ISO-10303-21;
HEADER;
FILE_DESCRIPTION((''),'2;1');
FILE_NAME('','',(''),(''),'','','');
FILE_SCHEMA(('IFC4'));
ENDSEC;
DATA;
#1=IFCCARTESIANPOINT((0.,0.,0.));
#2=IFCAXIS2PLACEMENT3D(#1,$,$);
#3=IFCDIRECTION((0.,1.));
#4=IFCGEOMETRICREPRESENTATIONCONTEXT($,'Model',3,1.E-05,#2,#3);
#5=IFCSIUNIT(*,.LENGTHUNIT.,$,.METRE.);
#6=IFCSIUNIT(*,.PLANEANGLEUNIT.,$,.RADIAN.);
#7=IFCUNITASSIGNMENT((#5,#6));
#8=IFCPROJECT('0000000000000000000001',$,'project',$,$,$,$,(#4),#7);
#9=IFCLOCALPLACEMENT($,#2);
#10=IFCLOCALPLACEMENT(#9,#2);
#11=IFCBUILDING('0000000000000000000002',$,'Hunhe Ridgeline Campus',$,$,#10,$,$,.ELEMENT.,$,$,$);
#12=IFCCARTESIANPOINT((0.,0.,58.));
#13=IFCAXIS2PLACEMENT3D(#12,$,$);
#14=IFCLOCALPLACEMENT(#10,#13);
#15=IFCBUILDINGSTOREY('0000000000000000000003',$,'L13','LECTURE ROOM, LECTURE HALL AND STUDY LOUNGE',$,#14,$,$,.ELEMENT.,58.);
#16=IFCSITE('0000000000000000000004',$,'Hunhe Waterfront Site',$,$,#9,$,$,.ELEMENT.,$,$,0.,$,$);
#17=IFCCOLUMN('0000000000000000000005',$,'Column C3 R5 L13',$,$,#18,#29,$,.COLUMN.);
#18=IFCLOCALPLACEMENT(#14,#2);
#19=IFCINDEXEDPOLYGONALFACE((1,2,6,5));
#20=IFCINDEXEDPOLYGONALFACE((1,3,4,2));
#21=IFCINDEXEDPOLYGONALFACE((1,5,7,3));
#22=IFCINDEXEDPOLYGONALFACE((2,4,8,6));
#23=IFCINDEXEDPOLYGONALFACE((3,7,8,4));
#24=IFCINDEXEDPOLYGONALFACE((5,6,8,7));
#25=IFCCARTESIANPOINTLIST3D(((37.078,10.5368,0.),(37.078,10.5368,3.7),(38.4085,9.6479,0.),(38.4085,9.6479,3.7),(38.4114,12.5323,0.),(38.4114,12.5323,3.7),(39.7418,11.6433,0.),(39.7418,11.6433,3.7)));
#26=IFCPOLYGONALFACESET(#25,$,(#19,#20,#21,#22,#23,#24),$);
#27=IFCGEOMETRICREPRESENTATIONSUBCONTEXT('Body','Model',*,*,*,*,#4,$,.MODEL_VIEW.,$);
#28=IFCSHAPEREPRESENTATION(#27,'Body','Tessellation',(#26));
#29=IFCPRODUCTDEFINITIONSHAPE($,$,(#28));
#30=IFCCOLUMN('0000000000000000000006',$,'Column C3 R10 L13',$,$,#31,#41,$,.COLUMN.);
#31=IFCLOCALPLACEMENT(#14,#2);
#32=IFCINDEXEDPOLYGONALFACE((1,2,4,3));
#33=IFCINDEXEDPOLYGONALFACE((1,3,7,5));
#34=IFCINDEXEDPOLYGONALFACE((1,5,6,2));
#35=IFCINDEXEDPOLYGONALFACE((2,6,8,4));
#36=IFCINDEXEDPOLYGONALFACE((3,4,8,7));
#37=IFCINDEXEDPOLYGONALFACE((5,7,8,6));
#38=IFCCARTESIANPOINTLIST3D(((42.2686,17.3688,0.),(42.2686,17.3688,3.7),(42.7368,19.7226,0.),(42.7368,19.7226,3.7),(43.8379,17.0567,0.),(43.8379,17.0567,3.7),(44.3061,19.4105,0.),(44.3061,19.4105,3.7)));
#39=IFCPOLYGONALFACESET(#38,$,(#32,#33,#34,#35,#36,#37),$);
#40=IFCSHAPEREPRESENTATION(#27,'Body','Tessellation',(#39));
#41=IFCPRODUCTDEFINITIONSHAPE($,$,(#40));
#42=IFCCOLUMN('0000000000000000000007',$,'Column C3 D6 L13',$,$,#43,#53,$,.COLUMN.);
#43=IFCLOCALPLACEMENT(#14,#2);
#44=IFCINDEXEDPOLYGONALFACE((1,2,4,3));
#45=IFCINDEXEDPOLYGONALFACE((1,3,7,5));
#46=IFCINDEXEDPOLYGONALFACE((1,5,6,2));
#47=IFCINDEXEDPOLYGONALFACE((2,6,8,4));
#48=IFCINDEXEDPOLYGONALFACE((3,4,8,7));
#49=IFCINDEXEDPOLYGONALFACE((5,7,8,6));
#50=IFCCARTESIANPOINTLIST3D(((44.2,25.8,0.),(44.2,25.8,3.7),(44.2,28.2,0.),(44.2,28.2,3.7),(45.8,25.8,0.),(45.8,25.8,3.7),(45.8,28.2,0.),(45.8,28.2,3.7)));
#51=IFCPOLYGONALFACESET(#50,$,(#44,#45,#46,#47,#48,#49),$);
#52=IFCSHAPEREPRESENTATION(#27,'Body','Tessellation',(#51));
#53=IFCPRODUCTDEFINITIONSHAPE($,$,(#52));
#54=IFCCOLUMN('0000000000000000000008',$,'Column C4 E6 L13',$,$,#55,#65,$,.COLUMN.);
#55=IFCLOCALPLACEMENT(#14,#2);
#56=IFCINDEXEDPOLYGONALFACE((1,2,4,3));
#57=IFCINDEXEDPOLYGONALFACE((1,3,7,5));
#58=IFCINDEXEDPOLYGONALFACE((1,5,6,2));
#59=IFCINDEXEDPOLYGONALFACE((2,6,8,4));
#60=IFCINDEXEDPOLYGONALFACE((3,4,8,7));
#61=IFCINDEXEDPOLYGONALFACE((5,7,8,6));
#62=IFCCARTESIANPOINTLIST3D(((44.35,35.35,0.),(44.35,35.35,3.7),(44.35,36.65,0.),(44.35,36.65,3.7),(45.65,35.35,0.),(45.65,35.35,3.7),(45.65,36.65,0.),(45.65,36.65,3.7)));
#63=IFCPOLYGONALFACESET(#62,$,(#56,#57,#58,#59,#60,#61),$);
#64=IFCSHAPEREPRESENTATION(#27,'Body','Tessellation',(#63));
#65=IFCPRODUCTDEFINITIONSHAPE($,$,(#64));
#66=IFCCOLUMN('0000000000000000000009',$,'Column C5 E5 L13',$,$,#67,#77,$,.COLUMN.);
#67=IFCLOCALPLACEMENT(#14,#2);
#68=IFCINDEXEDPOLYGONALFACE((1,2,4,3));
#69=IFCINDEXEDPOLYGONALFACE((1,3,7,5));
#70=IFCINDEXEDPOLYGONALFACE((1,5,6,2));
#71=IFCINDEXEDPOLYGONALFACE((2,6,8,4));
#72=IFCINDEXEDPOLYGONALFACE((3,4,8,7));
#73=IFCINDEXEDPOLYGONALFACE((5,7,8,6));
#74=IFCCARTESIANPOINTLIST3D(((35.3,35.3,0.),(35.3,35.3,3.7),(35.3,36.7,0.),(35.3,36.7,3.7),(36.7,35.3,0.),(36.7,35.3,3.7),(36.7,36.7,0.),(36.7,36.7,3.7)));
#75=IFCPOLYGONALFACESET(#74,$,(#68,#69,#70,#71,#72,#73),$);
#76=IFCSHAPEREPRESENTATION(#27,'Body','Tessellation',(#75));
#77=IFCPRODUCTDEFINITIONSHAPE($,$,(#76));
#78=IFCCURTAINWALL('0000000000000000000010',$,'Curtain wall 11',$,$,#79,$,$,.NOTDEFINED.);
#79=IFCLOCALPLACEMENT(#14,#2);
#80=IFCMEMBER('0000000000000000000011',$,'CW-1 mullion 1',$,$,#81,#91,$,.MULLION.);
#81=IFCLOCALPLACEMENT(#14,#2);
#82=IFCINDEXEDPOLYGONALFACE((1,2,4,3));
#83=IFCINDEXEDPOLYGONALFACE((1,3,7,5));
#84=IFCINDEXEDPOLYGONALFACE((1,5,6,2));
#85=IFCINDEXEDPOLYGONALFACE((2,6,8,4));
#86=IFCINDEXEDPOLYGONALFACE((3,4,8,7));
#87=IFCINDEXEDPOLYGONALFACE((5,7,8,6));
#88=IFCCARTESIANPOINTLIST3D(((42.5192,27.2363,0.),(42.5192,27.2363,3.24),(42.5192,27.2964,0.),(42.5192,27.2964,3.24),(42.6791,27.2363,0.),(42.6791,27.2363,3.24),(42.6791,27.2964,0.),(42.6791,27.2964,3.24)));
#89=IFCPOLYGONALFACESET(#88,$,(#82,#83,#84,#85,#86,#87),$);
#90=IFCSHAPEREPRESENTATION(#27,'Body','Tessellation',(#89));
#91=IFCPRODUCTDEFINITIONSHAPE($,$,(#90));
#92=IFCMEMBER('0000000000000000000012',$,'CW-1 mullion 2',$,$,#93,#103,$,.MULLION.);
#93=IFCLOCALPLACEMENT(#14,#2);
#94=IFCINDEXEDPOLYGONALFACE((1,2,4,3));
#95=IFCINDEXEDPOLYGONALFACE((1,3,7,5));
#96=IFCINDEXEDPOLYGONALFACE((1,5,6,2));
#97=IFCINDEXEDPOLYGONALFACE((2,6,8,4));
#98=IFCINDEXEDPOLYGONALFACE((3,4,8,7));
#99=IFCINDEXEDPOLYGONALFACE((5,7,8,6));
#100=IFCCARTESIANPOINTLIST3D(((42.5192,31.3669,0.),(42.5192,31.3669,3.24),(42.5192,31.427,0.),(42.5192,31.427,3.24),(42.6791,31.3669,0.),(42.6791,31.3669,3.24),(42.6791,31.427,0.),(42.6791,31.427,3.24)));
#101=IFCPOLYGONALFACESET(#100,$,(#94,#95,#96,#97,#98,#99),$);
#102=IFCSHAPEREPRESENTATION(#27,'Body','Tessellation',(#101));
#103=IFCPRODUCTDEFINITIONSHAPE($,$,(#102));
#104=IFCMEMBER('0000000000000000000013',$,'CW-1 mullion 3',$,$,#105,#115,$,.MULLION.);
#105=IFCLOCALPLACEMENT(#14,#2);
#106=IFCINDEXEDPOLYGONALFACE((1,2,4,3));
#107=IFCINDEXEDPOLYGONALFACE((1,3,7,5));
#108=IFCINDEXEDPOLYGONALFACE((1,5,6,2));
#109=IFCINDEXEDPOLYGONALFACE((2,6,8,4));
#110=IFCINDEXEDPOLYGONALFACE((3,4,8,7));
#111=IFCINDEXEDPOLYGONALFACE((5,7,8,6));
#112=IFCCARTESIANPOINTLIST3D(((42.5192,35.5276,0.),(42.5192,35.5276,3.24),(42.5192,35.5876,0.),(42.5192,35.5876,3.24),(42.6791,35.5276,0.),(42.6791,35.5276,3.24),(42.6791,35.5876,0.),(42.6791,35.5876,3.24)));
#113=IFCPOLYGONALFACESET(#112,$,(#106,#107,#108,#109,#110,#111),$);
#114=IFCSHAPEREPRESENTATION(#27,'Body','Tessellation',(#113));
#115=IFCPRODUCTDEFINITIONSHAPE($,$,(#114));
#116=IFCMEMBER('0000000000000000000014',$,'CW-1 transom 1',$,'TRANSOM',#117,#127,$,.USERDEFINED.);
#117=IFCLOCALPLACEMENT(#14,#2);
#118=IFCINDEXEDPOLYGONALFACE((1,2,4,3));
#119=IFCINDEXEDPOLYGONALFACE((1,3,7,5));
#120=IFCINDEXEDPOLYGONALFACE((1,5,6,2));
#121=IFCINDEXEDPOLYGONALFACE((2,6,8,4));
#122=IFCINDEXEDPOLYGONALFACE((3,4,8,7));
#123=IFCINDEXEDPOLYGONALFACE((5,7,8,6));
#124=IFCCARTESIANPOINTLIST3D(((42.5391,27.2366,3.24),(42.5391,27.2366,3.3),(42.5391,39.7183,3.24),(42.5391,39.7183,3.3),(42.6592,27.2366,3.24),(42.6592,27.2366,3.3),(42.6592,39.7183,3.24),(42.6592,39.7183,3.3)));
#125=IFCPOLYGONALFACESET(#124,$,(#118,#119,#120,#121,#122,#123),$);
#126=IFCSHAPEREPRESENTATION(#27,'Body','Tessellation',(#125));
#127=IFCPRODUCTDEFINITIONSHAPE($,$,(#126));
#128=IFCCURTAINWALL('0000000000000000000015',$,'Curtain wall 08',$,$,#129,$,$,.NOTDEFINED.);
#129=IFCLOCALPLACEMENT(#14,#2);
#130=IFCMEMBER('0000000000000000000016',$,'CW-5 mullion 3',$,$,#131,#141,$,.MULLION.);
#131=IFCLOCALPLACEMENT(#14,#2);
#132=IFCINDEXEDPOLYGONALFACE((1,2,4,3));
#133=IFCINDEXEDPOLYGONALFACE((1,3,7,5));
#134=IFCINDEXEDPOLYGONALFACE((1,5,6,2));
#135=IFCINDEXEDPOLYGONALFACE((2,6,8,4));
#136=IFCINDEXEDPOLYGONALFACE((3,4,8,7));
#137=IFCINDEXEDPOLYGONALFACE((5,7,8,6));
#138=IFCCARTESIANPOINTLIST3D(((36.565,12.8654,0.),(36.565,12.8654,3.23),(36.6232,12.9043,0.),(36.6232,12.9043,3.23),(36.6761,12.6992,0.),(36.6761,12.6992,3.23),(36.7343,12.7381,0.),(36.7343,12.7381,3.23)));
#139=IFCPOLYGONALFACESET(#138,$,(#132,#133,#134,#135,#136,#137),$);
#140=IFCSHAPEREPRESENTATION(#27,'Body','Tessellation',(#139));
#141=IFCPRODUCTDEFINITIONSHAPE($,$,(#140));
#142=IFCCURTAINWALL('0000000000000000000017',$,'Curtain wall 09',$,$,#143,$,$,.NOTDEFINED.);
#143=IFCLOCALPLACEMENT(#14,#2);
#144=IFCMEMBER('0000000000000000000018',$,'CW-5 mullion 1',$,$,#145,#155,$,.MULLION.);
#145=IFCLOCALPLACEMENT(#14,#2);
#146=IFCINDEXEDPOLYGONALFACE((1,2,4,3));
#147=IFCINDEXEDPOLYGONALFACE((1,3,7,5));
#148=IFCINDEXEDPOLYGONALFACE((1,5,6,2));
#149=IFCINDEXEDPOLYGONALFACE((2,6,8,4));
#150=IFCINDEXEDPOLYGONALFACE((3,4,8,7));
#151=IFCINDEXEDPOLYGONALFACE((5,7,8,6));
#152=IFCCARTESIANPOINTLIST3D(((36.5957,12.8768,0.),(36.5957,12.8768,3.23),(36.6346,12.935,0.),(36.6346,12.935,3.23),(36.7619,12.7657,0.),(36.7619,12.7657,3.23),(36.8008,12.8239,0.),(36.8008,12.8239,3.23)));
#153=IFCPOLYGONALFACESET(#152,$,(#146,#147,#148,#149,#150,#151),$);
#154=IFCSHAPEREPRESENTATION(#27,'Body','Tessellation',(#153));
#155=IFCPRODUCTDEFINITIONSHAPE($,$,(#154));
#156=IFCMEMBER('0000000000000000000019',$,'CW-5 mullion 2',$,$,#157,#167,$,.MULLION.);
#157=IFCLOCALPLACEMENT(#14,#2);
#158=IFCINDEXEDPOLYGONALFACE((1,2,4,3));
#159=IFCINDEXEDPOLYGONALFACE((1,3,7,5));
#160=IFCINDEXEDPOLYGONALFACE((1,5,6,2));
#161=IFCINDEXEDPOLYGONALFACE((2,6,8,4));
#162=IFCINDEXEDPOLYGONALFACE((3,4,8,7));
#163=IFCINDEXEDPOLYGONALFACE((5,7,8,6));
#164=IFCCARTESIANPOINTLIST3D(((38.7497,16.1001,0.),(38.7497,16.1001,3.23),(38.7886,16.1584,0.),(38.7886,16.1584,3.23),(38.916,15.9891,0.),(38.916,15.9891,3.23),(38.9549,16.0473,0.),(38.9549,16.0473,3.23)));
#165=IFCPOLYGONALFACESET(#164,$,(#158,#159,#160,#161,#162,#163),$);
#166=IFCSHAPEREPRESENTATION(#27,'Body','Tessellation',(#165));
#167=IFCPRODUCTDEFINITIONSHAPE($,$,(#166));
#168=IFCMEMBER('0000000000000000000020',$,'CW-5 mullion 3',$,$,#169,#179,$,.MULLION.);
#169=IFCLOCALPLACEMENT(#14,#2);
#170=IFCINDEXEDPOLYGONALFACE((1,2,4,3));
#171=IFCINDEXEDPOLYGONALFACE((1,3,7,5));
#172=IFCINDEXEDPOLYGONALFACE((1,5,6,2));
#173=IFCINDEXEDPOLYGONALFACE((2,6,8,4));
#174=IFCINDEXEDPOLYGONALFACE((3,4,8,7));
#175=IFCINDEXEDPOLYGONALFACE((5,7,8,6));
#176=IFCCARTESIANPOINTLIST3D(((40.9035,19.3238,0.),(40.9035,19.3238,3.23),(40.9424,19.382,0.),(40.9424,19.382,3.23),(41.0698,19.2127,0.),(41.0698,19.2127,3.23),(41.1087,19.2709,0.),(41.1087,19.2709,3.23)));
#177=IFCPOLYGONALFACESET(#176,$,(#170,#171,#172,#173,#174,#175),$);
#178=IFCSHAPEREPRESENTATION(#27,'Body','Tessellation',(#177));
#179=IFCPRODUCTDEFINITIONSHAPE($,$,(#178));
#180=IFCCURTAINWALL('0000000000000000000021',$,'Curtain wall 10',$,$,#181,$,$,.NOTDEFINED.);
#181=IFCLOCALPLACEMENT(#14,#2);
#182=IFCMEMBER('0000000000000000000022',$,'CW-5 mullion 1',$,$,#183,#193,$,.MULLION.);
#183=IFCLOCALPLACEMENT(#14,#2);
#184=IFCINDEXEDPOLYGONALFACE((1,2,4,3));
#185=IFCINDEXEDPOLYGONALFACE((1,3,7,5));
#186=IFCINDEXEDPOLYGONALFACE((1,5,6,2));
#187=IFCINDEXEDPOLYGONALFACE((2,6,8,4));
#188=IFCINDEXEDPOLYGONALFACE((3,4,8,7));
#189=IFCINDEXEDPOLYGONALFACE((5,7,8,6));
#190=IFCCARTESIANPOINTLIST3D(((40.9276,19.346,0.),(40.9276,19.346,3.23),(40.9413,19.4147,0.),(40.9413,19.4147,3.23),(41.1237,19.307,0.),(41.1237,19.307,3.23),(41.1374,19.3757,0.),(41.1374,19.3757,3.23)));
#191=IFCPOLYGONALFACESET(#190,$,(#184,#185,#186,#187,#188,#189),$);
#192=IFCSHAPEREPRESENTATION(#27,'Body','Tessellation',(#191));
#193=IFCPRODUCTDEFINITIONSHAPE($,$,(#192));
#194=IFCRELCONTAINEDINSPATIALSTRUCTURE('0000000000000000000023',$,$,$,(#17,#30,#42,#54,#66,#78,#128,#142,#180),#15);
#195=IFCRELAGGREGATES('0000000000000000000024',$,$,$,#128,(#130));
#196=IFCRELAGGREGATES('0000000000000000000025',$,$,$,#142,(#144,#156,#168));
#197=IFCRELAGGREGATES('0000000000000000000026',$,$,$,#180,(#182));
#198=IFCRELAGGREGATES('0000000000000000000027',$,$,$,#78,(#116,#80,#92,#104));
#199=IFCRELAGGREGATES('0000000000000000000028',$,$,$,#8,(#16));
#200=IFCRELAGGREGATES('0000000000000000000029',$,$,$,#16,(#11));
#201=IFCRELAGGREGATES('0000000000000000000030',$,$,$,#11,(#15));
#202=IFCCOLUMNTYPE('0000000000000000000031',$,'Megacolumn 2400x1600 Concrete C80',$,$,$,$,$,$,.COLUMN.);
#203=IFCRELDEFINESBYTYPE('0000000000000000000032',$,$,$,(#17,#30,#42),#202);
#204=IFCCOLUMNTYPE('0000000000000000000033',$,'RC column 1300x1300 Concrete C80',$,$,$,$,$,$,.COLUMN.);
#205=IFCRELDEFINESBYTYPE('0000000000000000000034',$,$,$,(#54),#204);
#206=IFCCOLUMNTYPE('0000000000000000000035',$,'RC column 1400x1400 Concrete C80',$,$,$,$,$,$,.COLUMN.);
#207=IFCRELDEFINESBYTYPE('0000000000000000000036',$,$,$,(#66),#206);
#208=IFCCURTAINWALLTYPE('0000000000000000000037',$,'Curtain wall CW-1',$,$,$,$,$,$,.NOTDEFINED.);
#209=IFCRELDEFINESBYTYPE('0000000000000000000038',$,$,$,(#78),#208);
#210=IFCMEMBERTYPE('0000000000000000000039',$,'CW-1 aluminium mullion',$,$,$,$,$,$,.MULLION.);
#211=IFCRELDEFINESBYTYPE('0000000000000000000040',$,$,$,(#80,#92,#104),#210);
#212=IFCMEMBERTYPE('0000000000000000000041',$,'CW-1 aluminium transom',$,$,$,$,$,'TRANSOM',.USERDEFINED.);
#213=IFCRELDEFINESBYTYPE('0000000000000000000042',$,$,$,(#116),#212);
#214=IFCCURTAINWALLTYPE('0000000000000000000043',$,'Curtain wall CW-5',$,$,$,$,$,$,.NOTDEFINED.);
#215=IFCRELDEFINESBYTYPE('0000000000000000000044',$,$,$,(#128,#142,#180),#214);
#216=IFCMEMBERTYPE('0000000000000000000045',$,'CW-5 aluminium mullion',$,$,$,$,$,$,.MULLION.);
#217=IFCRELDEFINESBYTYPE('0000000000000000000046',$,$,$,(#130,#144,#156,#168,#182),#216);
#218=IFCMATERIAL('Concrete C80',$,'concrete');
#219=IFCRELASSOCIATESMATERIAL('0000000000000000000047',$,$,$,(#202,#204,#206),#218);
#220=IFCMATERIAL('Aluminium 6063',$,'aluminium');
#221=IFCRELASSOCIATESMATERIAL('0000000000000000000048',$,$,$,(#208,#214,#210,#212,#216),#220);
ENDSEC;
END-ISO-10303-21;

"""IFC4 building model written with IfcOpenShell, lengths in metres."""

from ifc_helpers import new_model, si_unit, direction, frame, origin, origin_2d, place, context, subcontext, project, spatial, rectangle, extrude, material, material_profile, profile_set, type_object, element, aggregate, save


model = new_model("IFC4")

# Units and contexts
model_context = context("Model", 3, precision=1e-05, world=origin(), true_north=direction((0.0, 1.0)))
body_context = subcontext(model_context, "Body", "Model", "MODEL_VIEW")
ifc_project = project(units=[si_unit("LENGTHUNIT", "METRE"), si_unit("PLANEANGLEUNIT", "RADIAN")], contexts=[model_context])

# Site, building, storey
site_placement = place(None, origin())
site = spatial("IfcSite", under=ifc_project, at=site_placement, Name="Hunhe Waterfront Site", CompositionType="ELEMENT", RefElevation=0.0)
building_placement = place(site_placement, origin())
building = spatial("IfcBuilding", under=site, at=building_placement, Name="Hunhe Ridgeline Campus", CompositionType="ELEMENT")
storey_placement = place(building_placement, frame((0.0, 0.0, 58.0)))
storey = spatial("IfcBuildingStorey", under=building, at=storey_placement, Name="L13", Description="LECTURE ROOM, LECTURE HALL AND STUDY LOUNGE", CompositionType="ELEMENT", Elevation=58.0)

# Columns
ifc_material_1 = material(Name="Concrete C80", Category="concrete")
ifc_material_profile_1 = material_profile(ifc_material_1, rectangle(XDim=2.3999, YDim=1.6001, at=origin_2d()))
ifc_profile_set_1 = profile_set([ifc_material_profile_1], Name="Concrete C80")
column_type_1 = type_object("IfcColumnType", Name="Megacolumn 2400x1600 Concrete C80", PredefinedType="COLUMN", material=ifc_profile_set_1)
for number, where, z_axis, x_axis, name in (
    (1, (38.4099, 11.0901, 0.0), (0.0, 0.0, 1.0), (0.55557, 0.83147, 0.0), "Column C3 R5 L13"),
    (2, (43.2874, 18.3896, 0.0), (0.0, 0.0, 1.0), (0.19509, 0.980785, 0.0), "Column C3 R10 L13"),
    (3, (45.0, 27.0, 0.0), (0.0, 0.0, 1.0), (0.0, 1.0, 0.0), "Column C3 D6 L13"),
):
    element("IfcColumn", number, at=place(storey_placement, frame(where, z_axis=z_axis, x_axis=x_axis)), inside=storey, type_object=column_type_1, Name=name, PredefinedType="COLUMN", context=body_context, shape_type="SweptSolid", body=[
        extrude(rectangle(XDim=2.3999, YDim=1.6001, at=origin_2d()), origin(), (0.0, 0.0, 1.0), 3.7),
    ])
ifc_material_profile_2 = material_profile(ifc_material_1, rectangle(XDim=1.3, YDim=1.3, at=origin_2d()))
ifc_profile_set_2 = profile_set([ifc_material_profile_2], Name="Concrete C80")
column_type_2 = type_object("IfcColumnType", Name="RC column 1300x1300 Concrete C80", PredefinedType="COLUMN", material=ifc_profile_set_2)
column_1_placement = place(storey_placement, frame((45.0, 36.0, 0.0), z_axis=(0.0, 0.0, 1.0), x_axis=(1.0, 0.0, 0.0)))
element("IfcColumn", 4, at=column_1_placement, inside=storey, type_object=column_type_2, Name="Column C4 E6 L13", PredefinedType="COLUMN", context=body_context, shape_type="SweptSolid", body=[
    extrude(rectangle(XDim=1.3, YDim=1.3, at=origin_2d()), origin(), (0.0, 0.0, 1.0), 3.7),
])
ifc_material_profile_3 = material_profile(ifc_material_1, rectangle(XDim=1.3999, YDim=1.3999, at=origin_2d()))
ifc_profile_set_3 = profile_set([ifc_material_profile_3], Name="Concrete C80")
column_type_3 = type_object("IfcColumnType", Name="RC column 1400x1400 Concrete C80", PredefinedType="COLUMN", material=ifc_profile_set_3)
column_2_placement = place(storey_placement, frame((36.0, 36.0, 0.0), z_axis=(0.0, 0.0, 1.0), x_axis=(1.0, 0.0, 0.0)))
element("IfcColumn", 5, at=column_2_placement, inside=storey, type_object=column_type_3, Name="Column C5 E5 L13", PredefinedType="COLUMN", context=body_context, shape_type="SweptSolid", body=[
    extrude(rectangle(XDim=1.3999, YDim=1.3999, at=origin_2d()), origin(), (0.0, 0.0, 1.0), 3.7),
])

# Curtain wall, members
ifc_material_2 = material(Name="Aluminium 6063", Category="aluminium")
curtain_wall_type_1 = type_object("IfcCurtainWallType", Name="Curtain wall CW-1", PredefinedType="NOTDEFINED", material=ifc_material_2)
curtain_wall_1_placement = place(storey_placement, origin())
curtain_wall_1 = element("IfcCurtainWall", 6, at=curtain_wall_1_placement, inside=storey, type_object=curtain_wall_type_1, Name="Curtain wall 11", PredefinedType="NOTDEFINED")
ifc_material_profile_4 = material_profile(ifc_material_2, rectangle(XDim=0.1599, YDim=0.0601, at=origin_2d()))
ifc_profile_set_4 = profile_set([ifc_material_profile_4], Name="Aluminium 6063")
member_type_1 = type_object("IfcMemberType", Name="CW-1 aluminium mullion", PredefinedType="MULLION", material=ifc_profile_set_4)
member_1_placement = place(storey_placement, frame((42.5991, 27.2664, 0.0), z_axis=(0.0, 0.0, 1.0), x_axis=(-1.0, 0.0, 0.0)))
member_1 = element("IfcMember", 7, at=member_1_placement, type_object=member_type_1, Name="CW-1 mullion 1", PredefinedType="MULLION", context=body_context, shape_type="SweptSolid", body=[
    extrude(rectangle(XDim=0.1599, YDim=0.0601, at=origin_2d()), origin(), (0.0, 0.0, 1.0), 3.24),
])
member_2_placement = place(storey_placement, frame((42.5991, 31.397, 0.0), z_axis=(0.0, 0.0, 1.0), x_axis=(-1.0, 0.0, 0.0)))
member_2 = element("IfcMember", 8, at=member_2_placement, type_object=member_type_1, Name="CW-1 mullion 2", PredefinedType="MULLION", context=body_context, shape_type="SweptSolid", body=[
    extrude(rectangle(XDim=0.1599, YDim=0.0601, at=origin_2d()), origin(), (0.0, 0.0, 1.0), 3.24),
])
member_3_placement = place(storey_placement, frame((42.5991, 35.5576, 0.0), z_axis=(0.0, 0.0, 1.0), x_axis=(-1.0, 0.0, 0.0)))
member_3 = element("IfcMember", 9, at=member_3_placement, type_object=member_type_1, Name="CW-1 mullion 3", PredefinedType="MULLION", context=body_context, shape_type="SweptSolid", body=[
    extrude(rectangle(XDim=0.1599, YDim=0.0601, at=origin_2d()), origin(), (0.0, 0.0, 1.0), 3.24),
])
ifc_material_profile_5 = material_profile(ifc_material_2, rectangle(XDim=0.1201, YDim=0.0601, at=origin_2d()))
ifc_profile_set_5 = profile_set([ifc_material_profile_5], Name="Aluminium 6063")
member_type_2 = type_object("IfcMemberType", Name="CW-1 aluminium transom", ElementType="TRANSOM", PredefinedType="USERDEFINED", material=ifc_profile_set_5)
member_4_placement = place(storey_placement, frame((42.5991, 27.2366, 3.27), z_axis=(0.0, 1.0, 0.0), x_axis=(-1.0, 0.0, 0.0)))
member_4 = element("IfcMember", 10, at=member_4_placement, type_object=member_type_2, Name="CW-1 transom 1", ObjectType="TRANSOM", PredefinedType="USERDEFINED", context=body_context, shape_type="SweptSolid", body=[
    extrude(rectangle(XDim=0.1201, YDim=0.0601, at=origin_2d()), origin(), (0.0, 0.0, 1.0), 12.4817),
])

# Curtain wall, member
curtain_wall_type_2 = type_object("IfcCurtainWallType", Name="Curtain wall CW-5", PredefinedType="NOTDEFINED", material=ifc_material_2)
curtain_wall_2_placement = place(storey_placement, origin())
curtain_wall_2 = element("IfcCurtainWall", 11, at=curtain_wall_2_placement, inside=storey, type_object=curtain_wall_type_2, Name="Curtain wall 08", PredefinedType="NOTDEFINED")
ifc_material_profile_6 = material_profile(ifc_material_2, rectangle(XDim=0.2, YDim=0.0701, at=origin_2d()))
ifc_profile_set_6 = profile_set([ifc_material_profile_6], Name="Aluminium 6063")
member_type_3 = type_object("IfcMemberType", Name="CW-5 aluminium mullion", PredefinedType="MULLION", material=ifc_profile_set_6)
member_5_placement = place(storey_placement, frame((36.6497, 12.8018, 0.0), z_axis=(0.0, 0.0, 1.0), x_axis=(-0.55557, 0.83147, 0.0)))
member_5 = element("IfcMember", 12, at=member_5_placement, type_object=member_type_3, Name="CW-5 mullion 3", PredefinedType="MULLION", context=body_context, shape_type="SweptSolid", body=[
    extrude(rectangle(XDim=0.2, YDim=0.0701, at=origin_2d()), origin(), (0.0, 0.0, 1.0), 3.23),
])
aggregate(curtain_wall_2, [member_5])

# Curtain walls, members
curtain_wall_3_placement = place(storey_placement, origin())
curtain_wall_3 = element("IfcCurtainWall", 13, at=curtain_wall_3_placement, inside=storey, type_object=curtain_wall_type_2, Name="Curtain wall 09", PredefinedType="NOTDEFINED")
member_6_placement = place(storey_placement, frame((36.6982, 12.8503, 0.0), z_axis=(0.0, 0.0, 1.0), x_axis=(-0.83147, 0.55557, 0.0)))
member_6 = element("IfcMember", 14, at=member_6_placement, type_object=member_type_3, Name="CW-5 mullion 1", PredefinedType="MULLION", context=body_context, shape_type="SweptSolid", body=[
    extrude(rectangle(XDim=0.2, YDim=0.0701, at=origin_2d()), origin(), (0.0, 0.0, 1.0), 3.23),
])
member_7_placement = place(storey_placement, frame((38.8523, 16.0737, 0.0), z_axis=(0.0, 0.0, 1.0), x_axis=(-0.83147, 0.55557, 0.0)))
member_7 = element("IfcMember", 15, at=member_7_placement, type_object=member_type_3, Name="CW-5 mullion 2", PredefinedType="MULLION", context=body_context, shape_type="SweptSolid", body=[
    extrude(rectangle(XDim=0.2, YDim=0.0701, at=origin_2d()), origin(), (0.0, 0.0, 1.0), 3.23),
])
member_8_placement = place(storey_placement, frame((41.0061, 19.2974, 0.0), z_axis=(0.0, 0.0, 1.0), x_axis=(-0.83147, 0.55557, 0.0)))
member_8 = element("IfcMember", 16, at=member_8_placement, type_object=member_type_3, Name="CW-5 mullion 3", PredefinedType="MULLION", context=body_context, shape_type="SweptSolid", body=[
    extrude(rectangle(XDim=0.2, YDim=0.0701, at=origin_2d()), origin(), (0.0, 0.0, 1.0), 3.23),
])
curtain_wall_4_placement = place(storey_placement, origin())
curtain_wall_4 = element("IfcCurtainWall", 17, at=curtain_wall_4_placement, inside=storey, type_object=curtain_wall_type_2, Name="Curtain wall 10", PredefinedType="NOTDEFINED")
member_9_placement = place(storey_placement, frame((41.0325, 19.3608, 0.0), z_axis=(0.0, 0.0, 1.0), x_axis=(-0.980785, 0.19509, 0.0)))
member_9 = element("IfcMember", 18, at=member_9_placement, type_object=member_type_3, Name="CW-5 mullion 1", PredefinedType="MULLION", context=body_context, shape_type="SweptSolid", body=[
    extrude(rectangle(XDim=0.2, YDim=0.0701, at=origin_2d()), origin(), (0.0, 0.0, 1.0), 3.23),
])

aggregate(curtain_wall_3, [member_6, member_7, member_8])
aggregate(curtain_wall_4, [member_9])
aggregate(curtain_wall_1, [member_4, member_1, member_2, member_3])

save(model, "model.ifc")
